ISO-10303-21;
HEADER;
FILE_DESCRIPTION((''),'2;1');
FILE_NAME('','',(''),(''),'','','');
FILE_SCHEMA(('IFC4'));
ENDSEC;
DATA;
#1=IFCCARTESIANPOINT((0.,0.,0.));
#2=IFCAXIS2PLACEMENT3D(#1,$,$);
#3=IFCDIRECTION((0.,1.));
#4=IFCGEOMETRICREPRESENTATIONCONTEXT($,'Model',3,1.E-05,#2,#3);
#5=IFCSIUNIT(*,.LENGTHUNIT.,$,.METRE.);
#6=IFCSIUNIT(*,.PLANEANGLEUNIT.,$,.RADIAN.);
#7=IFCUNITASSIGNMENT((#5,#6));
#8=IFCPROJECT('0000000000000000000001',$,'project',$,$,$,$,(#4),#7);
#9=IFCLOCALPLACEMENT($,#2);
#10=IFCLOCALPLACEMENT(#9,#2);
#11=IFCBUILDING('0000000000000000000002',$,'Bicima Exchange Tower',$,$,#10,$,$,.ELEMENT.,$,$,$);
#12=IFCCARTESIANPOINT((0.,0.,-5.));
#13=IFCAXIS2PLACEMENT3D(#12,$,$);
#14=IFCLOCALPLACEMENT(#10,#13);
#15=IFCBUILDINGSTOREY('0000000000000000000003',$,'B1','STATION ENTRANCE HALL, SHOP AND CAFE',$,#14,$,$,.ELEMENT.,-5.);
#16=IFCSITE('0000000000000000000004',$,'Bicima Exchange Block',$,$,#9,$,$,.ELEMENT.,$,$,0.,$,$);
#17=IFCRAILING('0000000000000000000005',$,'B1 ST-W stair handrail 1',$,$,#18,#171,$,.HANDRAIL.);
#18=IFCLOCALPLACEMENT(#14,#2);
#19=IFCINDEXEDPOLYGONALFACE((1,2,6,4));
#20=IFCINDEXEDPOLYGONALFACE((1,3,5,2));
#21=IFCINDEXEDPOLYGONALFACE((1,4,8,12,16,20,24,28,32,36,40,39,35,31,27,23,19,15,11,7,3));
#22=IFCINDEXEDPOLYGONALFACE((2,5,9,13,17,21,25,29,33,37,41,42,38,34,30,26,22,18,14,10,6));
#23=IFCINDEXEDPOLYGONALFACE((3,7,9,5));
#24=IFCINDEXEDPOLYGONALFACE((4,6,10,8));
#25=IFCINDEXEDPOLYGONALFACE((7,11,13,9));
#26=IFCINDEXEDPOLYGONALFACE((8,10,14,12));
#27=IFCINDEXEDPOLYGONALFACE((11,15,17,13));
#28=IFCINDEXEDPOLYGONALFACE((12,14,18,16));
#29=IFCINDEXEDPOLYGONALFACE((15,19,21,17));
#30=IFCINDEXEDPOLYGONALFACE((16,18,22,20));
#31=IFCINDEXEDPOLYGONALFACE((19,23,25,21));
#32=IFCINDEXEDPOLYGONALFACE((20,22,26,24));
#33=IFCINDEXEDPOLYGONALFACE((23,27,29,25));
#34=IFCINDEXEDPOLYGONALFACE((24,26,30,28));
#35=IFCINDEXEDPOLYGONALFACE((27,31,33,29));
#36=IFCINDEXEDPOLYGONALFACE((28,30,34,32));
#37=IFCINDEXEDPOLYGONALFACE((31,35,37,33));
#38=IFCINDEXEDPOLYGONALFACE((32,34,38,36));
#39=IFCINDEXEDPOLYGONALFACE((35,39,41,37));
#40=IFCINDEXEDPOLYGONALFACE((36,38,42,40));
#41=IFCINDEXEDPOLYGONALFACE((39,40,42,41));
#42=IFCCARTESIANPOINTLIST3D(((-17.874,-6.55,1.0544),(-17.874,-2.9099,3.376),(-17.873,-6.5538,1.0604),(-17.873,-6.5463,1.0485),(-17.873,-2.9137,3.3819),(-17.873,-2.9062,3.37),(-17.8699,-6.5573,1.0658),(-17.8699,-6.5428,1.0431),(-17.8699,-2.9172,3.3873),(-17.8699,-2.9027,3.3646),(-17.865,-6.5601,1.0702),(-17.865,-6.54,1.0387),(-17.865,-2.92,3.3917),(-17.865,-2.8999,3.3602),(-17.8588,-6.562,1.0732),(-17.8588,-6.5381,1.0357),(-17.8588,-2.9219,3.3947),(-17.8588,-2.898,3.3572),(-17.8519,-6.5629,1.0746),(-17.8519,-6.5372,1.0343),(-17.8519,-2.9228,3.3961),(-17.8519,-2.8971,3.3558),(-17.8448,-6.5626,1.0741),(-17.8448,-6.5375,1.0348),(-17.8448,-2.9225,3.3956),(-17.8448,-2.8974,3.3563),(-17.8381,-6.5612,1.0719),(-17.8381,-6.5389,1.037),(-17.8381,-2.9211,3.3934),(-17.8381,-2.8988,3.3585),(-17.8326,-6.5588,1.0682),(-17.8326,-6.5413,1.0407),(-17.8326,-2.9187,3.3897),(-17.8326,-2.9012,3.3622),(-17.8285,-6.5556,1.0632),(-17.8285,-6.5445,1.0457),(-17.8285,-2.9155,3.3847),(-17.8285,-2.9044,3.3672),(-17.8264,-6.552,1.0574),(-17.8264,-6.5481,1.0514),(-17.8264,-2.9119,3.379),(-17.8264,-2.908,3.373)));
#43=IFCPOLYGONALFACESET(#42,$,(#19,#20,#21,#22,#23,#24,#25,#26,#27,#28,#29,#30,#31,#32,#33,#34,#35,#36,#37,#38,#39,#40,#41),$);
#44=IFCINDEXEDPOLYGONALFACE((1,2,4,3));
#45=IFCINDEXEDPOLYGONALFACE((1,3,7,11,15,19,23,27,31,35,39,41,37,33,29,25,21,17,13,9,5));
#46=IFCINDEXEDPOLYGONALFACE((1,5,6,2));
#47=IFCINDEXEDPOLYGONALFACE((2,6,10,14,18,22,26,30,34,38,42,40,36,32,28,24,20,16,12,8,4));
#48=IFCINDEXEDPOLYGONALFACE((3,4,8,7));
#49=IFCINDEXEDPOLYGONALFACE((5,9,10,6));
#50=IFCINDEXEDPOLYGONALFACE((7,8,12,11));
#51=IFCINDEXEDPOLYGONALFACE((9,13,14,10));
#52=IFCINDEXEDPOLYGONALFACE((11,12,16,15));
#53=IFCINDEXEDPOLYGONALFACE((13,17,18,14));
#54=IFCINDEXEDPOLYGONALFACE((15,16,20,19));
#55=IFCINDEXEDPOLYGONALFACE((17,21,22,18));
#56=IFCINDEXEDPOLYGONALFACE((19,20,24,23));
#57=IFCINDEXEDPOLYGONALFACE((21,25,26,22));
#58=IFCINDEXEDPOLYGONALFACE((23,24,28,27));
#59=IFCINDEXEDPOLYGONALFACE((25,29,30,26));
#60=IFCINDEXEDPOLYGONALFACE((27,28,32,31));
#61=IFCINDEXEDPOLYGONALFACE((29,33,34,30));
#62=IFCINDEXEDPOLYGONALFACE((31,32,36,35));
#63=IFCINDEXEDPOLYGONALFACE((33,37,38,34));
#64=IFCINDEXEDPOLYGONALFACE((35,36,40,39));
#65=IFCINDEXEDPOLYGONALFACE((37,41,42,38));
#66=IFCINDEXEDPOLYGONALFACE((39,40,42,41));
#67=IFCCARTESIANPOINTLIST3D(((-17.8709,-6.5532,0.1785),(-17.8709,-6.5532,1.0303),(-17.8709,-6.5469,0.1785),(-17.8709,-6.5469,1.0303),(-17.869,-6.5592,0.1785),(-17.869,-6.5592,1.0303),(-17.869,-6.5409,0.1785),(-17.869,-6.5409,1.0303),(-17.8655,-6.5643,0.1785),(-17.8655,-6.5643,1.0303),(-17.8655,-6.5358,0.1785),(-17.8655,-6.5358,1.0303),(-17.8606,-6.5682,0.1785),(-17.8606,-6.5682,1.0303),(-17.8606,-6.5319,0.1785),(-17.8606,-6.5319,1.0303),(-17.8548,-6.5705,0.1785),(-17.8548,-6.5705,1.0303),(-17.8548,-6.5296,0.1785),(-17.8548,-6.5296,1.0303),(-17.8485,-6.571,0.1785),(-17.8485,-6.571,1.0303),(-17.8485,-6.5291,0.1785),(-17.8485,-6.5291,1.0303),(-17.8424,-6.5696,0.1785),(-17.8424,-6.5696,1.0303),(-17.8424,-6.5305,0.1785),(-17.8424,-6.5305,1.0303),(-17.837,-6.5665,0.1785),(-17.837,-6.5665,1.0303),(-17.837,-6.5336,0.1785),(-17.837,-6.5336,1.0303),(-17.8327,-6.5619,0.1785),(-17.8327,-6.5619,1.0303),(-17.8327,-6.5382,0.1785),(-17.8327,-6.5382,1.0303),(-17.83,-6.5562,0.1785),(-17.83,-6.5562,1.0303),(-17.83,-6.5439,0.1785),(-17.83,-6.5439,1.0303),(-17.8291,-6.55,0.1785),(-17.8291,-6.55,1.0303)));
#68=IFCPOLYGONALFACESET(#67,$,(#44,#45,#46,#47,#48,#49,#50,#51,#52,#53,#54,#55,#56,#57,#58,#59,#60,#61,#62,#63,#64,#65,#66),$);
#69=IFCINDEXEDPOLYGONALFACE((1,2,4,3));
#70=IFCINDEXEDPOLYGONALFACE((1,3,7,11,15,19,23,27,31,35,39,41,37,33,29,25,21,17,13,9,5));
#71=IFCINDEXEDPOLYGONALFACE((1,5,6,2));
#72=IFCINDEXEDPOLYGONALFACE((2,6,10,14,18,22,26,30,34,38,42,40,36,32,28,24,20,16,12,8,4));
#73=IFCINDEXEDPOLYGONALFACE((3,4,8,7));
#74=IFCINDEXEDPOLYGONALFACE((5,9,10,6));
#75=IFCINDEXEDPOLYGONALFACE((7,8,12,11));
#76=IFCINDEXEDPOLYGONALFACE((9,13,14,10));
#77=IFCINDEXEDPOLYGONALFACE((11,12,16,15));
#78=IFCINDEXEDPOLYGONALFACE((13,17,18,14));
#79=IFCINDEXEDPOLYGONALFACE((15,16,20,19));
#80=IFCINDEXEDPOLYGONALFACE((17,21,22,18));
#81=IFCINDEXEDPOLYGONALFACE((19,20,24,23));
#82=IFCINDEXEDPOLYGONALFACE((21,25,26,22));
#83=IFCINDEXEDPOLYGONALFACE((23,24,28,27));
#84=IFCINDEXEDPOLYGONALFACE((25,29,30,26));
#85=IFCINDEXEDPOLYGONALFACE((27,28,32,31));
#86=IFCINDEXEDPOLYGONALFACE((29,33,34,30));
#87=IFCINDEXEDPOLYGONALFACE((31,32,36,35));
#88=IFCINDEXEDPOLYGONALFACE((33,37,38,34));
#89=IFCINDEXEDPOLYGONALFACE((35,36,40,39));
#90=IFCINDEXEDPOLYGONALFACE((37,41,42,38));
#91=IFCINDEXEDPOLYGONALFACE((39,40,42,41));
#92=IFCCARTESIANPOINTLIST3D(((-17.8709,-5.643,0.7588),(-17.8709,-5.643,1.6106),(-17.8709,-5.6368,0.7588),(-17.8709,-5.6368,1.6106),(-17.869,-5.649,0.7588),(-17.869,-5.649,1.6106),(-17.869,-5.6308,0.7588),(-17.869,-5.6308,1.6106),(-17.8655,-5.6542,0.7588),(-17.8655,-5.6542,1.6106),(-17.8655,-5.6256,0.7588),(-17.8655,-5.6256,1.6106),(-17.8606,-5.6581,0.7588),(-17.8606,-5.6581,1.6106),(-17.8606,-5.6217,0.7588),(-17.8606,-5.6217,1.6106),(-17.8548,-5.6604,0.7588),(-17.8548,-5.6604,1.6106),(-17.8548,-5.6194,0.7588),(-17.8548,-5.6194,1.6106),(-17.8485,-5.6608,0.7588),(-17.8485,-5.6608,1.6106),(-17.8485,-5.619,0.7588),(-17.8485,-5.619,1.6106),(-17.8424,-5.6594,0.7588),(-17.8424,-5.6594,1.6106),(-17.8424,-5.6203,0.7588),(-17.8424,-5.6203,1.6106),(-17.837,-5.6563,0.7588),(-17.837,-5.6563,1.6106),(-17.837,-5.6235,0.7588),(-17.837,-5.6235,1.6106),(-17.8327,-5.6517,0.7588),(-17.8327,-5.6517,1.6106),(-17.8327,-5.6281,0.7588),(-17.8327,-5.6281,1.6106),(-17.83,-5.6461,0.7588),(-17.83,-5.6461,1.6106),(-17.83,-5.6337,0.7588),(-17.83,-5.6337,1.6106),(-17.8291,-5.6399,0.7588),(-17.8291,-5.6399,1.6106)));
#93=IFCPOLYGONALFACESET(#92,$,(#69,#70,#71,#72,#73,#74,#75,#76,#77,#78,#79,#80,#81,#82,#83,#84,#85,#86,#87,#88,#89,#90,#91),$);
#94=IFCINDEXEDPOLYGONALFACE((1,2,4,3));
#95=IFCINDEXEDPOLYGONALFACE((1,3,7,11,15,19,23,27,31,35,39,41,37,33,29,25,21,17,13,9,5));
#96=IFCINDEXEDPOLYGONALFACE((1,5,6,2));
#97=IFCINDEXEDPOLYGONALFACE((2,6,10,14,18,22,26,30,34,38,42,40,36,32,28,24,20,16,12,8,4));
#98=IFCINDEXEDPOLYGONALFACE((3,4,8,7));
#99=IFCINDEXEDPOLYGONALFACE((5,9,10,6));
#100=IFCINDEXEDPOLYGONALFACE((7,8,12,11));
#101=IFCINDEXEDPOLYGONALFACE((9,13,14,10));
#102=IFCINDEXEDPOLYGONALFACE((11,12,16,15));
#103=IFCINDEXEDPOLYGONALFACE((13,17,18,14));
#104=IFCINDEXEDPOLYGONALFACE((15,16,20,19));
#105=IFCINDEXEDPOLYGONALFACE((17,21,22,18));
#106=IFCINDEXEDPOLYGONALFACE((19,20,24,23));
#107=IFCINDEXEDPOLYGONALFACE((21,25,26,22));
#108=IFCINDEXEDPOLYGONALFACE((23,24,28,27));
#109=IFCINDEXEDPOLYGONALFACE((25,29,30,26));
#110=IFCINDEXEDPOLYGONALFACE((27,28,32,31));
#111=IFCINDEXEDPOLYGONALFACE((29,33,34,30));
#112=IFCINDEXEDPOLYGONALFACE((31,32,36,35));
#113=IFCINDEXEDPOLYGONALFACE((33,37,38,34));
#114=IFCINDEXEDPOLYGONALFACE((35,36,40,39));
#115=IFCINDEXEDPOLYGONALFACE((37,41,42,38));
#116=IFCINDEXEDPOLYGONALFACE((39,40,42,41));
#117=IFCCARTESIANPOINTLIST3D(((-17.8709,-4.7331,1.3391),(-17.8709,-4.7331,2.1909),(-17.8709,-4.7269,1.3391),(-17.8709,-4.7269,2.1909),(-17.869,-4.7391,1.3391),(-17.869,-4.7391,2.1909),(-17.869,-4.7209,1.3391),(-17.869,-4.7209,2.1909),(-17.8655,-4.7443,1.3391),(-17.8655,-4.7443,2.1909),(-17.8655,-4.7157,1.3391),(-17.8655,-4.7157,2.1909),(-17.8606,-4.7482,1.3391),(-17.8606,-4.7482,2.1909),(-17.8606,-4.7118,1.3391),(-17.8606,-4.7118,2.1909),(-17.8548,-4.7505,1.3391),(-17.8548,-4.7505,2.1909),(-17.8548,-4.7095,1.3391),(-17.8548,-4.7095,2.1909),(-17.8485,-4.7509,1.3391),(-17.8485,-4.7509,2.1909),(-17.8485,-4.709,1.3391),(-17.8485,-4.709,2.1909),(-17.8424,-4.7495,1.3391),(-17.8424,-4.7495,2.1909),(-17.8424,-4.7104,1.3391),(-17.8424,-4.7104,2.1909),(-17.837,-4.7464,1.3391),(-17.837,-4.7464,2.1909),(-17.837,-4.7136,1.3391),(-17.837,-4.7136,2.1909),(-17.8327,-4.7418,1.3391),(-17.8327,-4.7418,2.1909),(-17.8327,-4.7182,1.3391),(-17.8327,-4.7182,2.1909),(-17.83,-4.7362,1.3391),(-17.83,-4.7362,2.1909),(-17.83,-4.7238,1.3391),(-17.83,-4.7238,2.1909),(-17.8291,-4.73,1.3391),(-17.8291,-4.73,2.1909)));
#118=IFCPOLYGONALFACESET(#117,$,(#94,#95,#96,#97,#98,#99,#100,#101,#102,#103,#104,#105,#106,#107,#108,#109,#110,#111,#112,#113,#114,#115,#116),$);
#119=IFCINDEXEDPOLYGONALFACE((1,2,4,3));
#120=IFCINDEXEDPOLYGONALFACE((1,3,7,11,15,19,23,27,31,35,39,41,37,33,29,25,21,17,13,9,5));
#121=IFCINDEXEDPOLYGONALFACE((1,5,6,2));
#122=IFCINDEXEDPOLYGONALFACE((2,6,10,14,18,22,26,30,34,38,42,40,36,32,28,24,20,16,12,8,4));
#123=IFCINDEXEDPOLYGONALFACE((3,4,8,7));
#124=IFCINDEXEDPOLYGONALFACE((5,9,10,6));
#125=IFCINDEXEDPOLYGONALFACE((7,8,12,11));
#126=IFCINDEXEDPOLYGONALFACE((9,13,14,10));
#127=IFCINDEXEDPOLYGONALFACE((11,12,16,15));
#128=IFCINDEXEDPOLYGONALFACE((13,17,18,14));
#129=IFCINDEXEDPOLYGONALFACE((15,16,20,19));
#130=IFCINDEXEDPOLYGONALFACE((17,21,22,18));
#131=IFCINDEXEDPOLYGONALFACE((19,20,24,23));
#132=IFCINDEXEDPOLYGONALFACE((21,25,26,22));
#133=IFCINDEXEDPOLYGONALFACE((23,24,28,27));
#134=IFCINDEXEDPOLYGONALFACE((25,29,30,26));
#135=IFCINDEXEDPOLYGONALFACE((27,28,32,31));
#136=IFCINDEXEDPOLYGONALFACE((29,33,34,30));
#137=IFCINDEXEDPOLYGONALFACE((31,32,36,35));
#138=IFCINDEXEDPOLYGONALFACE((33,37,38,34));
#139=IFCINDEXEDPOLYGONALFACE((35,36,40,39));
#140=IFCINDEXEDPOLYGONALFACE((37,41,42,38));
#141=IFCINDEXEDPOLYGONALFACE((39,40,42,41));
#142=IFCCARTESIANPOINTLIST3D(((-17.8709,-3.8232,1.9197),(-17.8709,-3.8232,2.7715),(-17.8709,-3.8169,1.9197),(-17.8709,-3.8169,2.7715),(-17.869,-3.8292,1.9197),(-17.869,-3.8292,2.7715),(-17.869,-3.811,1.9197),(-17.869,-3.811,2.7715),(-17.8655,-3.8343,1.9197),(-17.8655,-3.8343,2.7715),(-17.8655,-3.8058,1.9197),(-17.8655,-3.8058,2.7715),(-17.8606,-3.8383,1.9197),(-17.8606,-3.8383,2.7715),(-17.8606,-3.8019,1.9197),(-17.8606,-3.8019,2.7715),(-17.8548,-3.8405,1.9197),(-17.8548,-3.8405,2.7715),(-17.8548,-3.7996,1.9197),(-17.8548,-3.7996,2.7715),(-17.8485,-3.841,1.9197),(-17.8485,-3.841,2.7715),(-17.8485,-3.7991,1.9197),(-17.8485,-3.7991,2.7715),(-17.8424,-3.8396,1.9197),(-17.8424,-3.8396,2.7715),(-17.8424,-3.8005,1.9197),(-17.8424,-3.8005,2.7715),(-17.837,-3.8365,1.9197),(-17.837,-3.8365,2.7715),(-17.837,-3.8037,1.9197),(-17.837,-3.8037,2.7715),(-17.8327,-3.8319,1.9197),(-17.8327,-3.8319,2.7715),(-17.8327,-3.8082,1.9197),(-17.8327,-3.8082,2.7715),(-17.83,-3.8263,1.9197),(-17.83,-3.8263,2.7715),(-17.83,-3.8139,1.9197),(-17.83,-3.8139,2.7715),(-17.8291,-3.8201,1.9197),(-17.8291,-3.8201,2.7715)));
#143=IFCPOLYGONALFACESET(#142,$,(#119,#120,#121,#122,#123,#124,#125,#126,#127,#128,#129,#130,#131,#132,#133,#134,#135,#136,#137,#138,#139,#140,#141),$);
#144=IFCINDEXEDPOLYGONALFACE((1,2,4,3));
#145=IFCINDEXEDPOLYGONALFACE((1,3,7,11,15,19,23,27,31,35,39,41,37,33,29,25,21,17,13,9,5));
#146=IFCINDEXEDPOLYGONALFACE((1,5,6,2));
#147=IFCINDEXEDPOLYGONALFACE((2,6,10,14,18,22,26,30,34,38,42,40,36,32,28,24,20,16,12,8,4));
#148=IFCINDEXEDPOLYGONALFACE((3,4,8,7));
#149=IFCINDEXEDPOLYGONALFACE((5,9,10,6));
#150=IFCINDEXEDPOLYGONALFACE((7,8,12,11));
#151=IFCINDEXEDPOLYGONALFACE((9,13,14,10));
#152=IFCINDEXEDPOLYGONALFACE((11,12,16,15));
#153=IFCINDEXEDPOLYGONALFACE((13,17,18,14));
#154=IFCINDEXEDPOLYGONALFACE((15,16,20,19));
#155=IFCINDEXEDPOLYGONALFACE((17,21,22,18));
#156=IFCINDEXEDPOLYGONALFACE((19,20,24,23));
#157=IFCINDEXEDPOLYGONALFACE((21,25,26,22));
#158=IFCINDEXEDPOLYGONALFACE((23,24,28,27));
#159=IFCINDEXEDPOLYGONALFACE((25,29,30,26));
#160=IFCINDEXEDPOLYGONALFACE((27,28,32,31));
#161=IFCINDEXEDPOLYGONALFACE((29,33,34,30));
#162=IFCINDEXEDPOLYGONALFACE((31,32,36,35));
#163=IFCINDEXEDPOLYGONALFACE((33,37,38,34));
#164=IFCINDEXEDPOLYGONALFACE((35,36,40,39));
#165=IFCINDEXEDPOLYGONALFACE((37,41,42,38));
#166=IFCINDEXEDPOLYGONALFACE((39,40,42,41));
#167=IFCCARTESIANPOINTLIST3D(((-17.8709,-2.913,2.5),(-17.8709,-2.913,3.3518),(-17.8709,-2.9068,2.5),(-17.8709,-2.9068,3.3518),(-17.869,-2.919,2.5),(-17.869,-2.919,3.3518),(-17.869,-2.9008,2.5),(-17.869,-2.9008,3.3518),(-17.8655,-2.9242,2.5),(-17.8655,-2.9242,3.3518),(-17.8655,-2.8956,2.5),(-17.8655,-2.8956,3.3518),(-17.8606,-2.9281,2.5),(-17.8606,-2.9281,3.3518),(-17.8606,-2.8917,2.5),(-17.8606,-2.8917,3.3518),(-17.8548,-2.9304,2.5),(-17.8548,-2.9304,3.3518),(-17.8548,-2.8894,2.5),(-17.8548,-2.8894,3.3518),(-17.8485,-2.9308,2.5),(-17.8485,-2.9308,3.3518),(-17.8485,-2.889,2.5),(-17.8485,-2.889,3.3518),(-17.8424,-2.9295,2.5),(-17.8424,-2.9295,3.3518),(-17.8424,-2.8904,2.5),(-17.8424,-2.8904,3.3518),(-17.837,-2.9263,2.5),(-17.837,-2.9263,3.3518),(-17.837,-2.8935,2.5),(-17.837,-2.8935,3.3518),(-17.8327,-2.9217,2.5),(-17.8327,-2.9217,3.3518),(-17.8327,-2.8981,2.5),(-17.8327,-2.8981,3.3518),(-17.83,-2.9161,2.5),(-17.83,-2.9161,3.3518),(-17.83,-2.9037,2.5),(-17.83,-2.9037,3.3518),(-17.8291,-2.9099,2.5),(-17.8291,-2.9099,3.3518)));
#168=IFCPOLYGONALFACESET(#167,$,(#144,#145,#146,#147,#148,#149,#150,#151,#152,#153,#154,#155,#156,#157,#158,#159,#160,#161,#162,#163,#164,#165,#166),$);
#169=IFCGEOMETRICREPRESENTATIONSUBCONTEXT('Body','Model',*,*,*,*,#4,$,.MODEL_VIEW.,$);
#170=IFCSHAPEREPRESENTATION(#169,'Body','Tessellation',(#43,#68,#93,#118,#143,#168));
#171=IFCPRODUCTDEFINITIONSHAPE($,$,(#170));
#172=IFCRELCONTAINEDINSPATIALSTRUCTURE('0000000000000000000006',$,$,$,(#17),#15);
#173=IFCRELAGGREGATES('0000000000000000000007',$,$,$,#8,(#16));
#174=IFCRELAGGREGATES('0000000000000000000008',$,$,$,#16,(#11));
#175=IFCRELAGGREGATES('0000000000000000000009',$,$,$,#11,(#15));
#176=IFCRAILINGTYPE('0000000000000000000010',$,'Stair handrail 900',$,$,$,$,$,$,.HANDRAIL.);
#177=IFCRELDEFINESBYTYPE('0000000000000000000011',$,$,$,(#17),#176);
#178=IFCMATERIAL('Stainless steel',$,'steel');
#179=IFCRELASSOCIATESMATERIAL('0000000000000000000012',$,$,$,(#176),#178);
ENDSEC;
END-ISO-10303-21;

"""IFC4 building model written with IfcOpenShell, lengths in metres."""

from ifc_helpers import new_model, si_unit, direction, frame, origin, origin_2d, place, context, subcontext, project, spatial, circle, extrude, material, type_object, element, save


model = new_model("IFC4")

# Units and contexts
model_context = context("Model", 3, precision=1e-05, world=origin(), true_north=direction((0.0, 1.0)))
body_context = subcontext(model_context, "Body", "Model", "MODEL_VIEW")
ifc_project = project(units=[si_unit("LENGTHUNIT", "METRE"), si_unit("PLANEANGLEUNIT", "RADIAN")], contexts=[model_context])

# Site, building, storey
site_placement = place(None, origin())
site = spatial("IfcSite", under=ifc_project, at=site_placement, Name="Bicima Exchange Block", CompositionType="ELEMENT", RefElevation=0.0)
building_placement = place(site_placement, origin())
building = spatial("IfcBuilding", under=site, at=building_placement, Name="Bicima Exchange Tower", CompositionType="ELEMENT")
storey_placement = place(building_placement, frame((0.0, 0.0, -5.0)))
storey = spatial("IfcBuildingStorey", under=building, at=storey_placement, Name="B1", Description="STATION ENTRANCE HALL, SHOP AND CAFE", CompositionType="ELEMENT", Elevation=-5.0)

# Shared definitions
ifc_material_1 = material(Name="Stainless steel", Category="steel")

# Railing
railing_type = type_object("IfcRailingType", Name="Stair handrail 900", PredefinedType="HANDRAIL", material=ifc_material_1)
railing_1_placement = place(storey_placement, frame((-17.8501, -6.55, 0.1785)))
element("IfcRailing", 1, at=railing_1_placement, inside=storey, type_object=railing_type, Name="B1 ST-W stair handrail 1", PredefinedType="HANDRAIL", context=body_context, shape_type="SweptSolid", body=[
    extrude(circle(Radius=0.0239, at=origin_2d()), frame((0.0, 0.0, 0.876), z_axis=(0.0, 0.843128, 0.537713), x_axis=(-1.0, 0.0, 0.0)), (0.0, 0.0, 1.0), 4.3174),
    extrude(circle(Radius=0.021, at=origin_2d()), origin(), (0.0, 0.0, 1.0), 0.8518),
    extrude(circle(Radius=0.021, at=origin_2d()), frame((0.0, 0.9102, 0.5803)), (0.0, 0.0, 1.0), 0.8518),
    extrude(circle(Radius=0.021, at=origin_2d()), frame((0.0, 1.8201, 1.1606)), (0.0, 0.0, 1.0), 0.8518),
    extrude(circle(Radius=0.021, at=origin_2d()), frame((0.0, 2.73, 1.7412)), (0.0, 0.0, 1.0), 0.8518),
    extrude(circle(Radius=0.021, at=origin_2d()), frame((0.0, 3.6401, 2.3215)), (0.0, 0.0, 1.0), 0.8518),
])

save(model, "model.ifc")
